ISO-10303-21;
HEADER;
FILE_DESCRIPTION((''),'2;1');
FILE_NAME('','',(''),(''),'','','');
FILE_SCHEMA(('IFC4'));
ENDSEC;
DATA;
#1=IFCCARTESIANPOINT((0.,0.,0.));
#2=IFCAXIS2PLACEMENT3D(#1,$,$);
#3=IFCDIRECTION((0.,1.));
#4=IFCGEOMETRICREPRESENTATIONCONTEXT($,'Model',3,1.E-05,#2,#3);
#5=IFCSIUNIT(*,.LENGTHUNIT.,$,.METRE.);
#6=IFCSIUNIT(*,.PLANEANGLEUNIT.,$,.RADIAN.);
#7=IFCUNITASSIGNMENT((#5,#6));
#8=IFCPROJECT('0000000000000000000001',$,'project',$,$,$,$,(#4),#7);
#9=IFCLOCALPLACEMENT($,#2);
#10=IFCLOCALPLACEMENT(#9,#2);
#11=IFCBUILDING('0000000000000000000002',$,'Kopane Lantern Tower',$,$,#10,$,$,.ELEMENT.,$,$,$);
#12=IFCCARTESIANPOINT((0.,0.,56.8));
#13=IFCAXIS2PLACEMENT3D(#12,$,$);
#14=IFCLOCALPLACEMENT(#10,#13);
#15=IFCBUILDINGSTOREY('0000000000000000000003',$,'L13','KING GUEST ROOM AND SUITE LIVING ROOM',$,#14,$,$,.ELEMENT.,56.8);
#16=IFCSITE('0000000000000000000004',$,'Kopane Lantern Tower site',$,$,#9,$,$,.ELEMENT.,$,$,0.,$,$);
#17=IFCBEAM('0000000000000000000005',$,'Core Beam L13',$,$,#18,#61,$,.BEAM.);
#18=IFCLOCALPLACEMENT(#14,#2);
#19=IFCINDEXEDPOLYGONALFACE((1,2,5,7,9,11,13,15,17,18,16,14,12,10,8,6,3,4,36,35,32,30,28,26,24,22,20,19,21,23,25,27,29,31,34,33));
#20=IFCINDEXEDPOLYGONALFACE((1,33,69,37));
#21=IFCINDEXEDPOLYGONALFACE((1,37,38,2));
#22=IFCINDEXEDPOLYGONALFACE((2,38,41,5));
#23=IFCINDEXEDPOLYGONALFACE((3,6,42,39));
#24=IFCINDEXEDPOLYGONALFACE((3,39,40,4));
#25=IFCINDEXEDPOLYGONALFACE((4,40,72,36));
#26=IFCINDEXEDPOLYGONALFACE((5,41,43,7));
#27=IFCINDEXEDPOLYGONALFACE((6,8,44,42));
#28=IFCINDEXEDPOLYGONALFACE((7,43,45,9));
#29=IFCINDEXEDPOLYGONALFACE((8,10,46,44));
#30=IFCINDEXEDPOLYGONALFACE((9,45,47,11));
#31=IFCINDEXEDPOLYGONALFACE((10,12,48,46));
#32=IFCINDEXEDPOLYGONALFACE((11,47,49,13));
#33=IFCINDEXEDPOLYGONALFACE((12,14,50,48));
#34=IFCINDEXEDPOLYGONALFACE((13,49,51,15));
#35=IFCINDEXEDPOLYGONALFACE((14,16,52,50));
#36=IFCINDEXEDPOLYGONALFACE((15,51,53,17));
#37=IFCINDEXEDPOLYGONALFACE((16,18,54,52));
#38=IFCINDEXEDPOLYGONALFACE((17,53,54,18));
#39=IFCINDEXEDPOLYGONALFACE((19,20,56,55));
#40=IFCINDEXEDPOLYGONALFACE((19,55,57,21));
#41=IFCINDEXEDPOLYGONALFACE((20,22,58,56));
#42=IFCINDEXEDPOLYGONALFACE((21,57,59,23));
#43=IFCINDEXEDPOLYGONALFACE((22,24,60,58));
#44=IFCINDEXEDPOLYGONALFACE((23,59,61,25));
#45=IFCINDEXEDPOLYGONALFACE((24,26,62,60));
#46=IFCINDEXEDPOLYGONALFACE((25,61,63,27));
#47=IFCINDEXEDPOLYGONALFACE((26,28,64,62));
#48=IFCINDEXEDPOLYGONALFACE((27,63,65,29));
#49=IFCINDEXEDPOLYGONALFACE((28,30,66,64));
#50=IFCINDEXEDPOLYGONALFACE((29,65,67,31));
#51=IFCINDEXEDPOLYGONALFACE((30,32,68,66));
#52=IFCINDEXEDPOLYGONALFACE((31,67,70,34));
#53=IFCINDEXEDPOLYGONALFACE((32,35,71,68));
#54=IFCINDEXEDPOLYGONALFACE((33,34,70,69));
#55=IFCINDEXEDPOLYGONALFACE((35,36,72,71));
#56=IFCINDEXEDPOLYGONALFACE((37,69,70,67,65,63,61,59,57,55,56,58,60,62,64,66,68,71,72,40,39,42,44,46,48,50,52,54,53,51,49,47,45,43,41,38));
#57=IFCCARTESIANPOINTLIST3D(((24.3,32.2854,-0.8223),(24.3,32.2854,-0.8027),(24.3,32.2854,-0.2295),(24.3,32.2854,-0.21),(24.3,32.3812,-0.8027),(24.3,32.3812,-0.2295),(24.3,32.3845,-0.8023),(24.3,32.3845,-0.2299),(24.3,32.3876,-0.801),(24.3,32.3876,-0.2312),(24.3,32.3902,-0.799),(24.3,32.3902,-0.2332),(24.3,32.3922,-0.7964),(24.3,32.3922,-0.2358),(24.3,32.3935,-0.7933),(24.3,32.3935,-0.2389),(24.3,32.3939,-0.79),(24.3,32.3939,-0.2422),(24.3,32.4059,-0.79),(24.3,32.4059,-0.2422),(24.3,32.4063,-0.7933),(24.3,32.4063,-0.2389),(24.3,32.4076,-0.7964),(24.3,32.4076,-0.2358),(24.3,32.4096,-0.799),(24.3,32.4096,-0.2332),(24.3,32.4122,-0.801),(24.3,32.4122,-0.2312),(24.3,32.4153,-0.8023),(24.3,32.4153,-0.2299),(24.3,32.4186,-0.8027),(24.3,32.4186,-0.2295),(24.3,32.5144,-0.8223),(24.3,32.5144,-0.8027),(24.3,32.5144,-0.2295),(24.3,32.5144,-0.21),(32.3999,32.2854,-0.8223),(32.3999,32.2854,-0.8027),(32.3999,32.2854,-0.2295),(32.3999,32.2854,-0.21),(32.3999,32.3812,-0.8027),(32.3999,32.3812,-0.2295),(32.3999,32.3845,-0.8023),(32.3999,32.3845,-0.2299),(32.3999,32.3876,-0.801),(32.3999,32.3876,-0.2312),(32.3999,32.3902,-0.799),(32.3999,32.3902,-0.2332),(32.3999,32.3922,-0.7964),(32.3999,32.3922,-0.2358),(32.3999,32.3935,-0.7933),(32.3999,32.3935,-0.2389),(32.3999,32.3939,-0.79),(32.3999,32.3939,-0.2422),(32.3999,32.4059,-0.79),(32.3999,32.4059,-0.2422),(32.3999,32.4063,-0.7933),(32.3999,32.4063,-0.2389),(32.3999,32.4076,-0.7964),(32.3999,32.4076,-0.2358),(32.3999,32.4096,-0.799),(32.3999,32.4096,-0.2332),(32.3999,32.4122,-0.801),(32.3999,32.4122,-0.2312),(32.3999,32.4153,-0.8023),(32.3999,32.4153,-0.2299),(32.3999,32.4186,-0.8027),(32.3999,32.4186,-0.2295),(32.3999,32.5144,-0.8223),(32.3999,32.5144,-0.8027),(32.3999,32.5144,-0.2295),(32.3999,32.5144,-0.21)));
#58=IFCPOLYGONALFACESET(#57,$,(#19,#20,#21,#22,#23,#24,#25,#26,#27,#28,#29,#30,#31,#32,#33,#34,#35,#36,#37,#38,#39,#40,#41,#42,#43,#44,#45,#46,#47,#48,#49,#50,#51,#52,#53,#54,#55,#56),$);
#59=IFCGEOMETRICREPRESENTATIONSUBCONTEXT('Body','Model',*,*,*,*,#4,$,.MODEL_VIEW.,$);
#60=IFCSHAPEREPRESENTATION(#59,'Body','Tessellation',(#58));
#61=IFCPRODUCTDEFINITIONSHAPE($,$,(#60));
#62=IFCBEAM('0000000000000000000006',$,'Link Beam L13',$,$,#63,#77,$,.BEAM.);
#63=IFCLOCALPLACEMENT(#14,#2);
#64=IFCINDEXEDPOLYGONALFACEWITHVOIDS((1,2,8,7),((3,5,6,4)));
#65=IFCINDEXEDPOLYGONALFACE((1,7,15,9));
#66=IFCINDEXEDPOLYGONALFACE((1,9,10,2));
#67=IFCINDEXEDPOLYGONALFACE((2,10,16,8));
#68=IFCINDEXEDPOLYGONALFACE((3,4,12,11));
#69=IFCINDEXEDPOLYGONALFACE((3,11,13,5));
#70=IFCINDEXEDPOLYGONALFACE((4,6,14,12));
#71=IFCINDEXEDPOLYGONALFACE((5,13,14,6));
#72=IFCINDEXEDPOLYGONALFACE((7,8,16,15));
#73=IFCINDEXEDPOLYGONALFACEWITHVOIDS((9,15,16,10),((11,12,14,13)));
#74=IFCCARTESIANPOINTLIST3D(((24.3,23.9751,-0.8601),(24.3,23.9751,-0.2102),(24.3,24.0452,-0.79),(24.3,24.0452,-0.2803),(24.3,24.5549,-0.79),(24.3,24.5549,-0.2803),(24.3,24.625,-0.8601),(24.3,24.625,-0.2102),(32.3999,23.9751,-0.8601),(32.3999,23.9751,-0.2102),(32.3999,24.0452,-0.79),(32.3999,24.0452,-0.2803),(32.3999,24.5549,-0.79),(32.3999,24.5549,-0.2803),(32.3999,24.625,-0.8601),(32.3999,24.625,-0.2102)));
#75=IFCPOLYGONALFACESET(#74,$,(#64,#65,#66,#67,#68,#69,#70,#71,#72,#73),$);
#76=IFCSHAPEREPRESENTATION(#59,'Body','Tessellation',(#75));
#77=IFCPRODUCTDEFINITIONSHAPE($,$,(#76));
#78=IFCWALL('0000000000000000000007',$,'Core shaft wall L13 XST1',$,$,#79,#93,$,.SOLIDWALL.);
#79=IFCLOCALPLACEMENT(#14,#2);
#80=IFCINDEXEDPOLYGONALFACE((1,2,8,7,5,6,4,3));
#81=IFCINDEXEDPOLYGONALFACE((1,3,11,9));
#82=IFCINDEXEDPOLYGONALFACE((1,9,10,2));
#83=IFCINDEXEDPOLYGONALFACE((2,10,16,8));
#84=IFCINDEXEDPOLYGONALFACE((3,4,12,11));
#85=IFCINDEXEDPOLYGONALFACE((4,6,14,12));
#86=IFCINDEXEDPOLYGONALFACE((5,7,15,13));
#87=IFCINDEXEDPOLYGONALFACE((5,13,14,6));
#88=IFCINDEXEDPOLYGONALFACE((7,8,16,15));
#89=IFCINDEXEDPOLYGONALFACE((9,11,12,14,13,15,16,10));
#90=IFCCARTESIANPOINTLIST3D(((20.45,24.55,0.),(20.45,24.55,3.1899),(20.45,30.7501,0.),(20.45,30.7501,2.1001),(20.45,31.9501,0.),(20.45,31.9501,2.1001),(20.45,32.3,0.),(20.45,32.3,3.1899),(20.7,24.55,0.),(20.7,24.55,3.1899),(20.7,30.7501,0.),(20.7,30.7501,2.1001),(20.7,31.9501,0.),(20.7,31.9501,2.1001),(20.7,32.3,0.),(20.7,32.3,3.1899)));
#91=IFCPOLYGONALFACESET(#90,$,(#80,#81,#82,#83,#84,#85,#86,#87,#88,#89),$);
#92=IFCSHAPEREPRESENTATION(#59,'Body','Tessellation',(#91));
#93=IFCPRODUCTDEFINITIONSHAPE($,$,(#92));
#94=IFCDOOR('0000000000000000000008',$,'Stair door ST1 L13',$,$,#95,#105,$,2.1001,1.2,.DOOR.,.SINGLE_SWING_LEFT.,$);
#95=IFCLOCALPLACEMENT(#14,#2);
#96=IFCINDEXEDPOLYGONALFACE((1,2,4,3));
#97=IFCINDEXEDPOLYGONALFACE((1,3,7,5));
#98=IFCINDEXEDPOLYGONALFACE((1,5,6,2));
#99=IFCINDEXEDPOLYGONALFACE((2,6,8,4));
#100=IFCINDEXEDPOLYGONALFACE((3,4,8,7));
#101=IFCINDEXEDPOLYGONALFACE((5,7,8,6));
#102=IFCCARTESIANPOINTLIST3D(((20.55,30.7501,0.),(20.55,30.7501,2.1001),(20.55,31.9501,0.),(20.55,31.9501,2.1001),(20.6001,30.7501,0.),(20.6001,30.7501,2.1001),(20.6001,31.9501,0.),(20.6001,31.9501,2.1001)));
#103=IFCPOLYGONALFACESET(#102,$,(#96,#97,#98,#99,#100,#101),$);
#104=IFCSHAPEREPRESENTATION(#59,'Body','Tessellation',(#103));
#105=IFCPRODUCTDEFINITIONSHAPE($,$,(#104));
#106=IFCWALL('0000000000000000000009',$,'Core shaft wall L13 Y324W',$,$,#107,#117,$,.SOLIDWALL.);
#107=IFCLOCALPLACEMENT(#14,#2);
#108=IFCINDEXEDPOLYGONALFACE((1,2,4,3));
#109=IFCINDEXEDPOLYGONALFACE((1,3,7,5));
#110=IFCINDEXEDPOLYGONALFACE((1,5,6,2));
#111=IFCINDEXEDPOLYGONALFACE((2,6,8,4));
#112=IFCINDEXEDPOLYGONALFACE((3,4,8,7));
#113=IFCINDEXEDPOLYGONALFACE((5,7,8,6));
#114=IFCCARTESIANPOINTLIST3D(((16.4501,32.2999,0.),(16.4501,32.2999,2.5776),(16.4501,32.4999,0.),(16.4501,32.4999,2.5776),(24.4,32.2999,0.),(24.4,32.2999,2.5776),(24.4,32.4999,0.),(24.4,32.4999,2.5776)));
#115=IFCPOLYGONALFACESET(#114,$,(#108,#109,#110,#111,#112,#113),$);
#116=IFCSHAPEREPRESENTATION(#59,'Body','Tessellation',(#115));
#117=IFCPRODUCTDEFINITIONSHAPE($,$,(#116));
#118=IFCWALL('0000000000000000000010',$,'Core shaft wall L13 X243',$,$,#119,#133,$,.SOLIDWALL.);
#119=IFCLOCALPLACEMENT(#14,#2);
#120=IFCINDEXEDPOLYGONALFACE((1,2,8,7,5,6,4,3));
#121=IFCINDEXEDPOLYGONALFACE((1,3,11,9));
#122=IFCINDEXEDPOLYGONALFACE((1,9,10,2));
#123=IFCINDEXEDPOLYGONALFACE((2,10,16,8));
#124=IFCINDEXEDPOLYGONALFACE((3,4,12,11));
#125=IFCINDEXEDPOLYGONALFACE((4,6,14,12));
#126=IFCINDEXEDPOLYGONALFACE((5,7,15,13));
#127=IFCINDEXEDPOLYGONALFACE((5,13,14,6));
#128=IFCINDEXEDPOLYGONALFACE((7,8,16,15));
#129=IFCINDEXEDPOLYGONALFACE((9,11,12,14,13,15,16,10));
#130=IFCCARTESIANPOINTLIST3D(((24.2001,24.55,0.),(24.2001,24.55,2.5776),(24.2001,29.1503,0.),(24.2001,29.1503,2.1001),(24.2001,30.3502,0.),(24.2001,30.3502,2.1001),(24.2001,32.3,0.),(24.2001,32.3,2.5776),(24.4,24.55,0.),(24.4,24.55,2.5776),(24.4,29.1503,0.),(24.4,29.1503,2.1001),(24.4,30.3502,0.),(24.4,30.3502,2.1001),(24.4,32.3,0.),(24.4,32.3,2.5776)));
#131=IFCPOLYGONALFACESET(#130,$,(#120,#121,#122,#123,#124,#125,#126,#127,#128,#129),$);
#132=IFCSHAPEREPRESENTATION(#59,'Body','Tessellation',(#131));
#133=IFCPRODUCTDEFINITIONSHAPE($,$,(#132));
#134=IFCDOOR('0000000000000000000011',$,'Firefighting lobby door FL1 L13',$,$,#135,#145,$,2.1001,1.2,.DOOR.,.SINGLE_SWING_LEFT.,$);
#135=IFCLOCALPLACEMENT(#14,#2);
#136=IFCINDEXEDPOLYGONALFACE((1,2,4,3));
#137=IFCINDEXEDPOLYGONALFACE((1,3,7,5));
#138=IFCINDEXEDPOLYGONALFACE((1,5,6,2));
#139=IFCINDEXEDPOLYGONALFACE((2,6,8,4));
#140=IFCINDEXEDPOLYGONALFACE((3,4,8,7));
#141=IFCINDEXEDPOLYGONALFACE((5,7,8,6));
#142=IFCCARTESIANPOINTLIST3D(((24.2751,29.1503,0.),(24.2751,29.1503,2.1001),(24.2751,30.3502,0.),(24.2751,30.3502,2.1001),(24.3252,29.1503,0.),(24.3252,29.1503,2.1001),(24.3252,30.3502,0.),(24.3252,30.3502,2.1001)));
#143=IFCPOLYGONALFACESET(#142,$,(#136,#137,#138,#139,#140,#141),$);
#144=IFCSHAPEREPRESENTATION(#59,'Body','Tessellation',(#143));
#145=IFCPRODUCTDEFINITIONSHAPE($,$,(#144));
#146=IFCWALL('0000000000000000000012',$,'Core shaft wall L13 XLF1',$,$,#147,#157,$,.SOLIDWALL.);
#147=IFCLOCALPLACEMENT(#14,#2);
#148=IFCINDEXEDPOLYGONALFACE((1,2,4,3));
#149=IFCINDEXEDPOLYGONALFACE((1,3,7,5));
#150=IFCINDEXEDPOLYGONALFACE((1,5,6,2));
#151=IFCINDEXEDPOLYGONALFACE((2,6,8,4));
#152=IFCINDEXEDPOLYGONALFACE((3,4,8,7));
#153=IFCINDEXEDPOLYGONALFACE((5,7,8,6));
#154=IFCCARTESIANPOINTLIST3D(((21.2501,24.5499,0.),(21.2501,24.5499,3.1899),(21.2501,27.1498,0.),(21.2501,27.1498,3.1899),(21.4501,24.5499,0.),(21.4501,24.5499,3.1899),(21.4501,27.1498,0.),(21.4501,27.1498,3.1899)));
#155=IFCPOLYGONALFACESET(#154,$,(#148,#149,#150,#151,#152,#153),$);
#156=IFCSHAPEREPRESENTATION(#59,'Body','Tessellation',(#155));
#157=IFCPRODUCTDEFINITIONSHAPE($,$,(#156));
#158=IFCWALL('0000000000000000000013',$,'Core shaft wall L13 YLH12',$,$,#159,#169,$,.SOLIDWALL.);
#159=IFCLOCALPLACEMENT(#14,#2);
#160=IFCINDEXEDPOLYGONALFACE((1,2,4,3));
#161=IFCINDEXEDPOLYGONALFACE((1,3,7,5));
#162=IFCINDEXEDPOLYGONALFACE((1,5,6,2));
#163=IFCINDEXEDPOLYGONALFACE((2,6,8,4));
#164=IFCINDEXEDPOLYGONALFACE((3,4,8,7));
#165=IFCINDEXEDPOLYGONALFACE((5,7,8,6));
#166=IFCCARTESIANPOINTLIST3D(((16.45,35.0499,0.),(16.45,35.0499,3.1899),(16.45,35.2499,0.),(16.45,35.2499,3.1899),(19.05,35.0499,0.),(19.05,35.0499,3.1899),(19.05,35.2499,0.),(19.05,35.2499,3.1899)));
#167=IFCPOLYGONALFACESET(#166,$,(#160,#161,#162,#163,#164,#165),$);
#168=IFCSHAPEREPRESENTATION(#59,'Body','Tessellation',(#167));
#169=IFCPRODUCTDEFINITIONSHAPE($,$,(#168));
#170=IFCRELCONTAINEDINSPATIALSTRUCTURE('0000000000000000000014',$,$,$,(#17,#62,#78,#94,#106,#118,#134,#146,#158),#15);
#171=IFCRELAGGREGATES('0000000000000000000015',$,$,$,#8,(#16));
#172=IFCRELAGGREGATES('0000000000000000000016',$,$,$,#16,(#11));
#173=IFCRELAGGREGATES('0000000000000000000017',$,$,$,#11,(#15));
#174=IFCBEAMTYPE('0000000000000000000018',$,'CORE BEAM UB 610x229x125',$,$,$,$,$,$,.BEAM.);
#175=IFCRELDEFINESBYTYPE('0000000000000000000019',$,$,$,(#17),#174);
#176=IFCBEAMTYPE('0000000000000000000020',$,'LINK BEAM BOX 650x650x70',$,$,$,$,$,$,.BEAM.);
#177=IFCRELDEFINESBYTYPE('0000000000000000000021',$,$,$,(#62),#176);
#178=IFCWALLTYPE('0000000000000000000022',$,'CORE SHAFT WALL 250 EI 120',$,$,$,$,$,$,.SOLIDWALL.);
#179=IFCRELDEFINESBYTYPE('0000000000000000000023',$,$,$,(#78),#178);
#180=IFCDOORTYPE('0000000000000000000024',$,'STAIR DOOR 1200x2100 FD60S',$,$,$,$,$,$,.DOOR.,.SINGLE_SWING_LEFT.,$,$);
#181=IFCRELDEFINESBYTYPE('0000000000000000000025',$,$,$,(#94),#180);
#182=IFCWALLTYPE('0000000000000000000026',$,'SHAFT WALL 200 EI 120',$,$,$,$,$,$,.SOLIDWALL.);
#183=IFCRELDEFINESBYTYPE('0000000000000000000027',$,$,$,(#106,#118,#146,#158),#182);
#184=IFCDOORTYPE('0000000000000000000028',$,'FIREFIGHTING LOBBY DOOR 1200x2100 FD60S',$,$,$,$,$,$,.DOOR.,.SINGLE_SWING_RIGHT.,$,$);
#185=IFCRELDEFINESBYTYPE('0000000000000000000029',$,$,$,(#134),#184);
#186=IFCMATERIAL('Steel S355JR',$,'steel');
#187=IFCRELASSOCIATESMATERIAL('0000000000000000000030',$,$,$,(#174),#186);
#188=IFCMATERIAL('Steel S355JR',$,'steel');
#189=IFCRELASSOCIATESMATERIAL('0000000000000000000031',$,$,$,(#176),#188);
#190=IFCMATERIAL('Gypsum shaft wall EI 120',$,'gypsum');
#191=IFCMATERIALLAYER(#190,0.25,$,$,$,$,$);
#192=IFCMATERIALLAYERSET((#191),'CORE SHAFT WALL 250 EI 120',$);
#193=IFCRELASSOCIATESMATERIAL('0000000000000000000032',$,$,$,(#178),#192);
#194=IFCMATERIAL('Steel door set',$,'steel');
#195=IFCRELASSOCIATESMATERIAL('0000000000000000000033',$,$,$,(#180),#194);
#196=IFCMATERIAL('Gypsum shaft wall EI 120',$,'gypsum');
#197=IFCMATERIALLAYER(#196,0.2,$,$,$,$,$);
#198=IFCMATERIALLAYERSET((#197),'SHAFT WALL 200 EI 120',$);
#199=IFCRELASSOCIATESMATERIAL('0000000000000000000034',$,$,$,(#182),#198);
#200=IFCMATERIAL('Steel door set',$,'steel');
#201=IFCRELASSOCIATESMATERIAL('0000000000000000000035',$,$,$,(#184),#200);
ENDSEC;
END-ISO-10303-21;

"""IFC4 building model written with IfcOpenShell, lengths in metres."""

from ifc_helpers import new_model, si_unit, direction, frame, frame_2d, origin, origin_2d, place, context, subcontext, project, spatial, rectangle, hollow_rectangle, i_section, extrude, material, layer, layer_set, material_profile, profile_set, type_object, element, fill, save


model = new_model("IFC4")

# Units and contexts
model_context = context("Model", 3, precision=1e-05, world=origin(), true_north=direction((0.0, 1.0)))
body_context = subcontext(model_context, "Body", "Model", "MODEL_VIEW")
ifc_project = project(units=[si_unit("LENGTHUNIT", "METRE"), si_unit("PLANEANGLEUNIT", "RADIAN")], contexts=[model_context])

# Site, building, storey
site_placement = place(None, origin())
site = spatial("IfcSite", under=ifc_project, at=site_placement, Name="Kopane Lantern Tower site", CompositionType="ELEMENT", RefElevation=0.0)
building_placement = place(site_placement, origin())
building = spatial("IfcBuilding", under=site, at=building_placement, Name="Kopane Lantern Tower", CompositionType="ELEMENT")
storey_placement = place(building_placement, frame((0.0, 0.0, 56.8)))
storey = spatial("IfcBuildingStorey", under=building, at=storey_placement, Name="L13", Description="KING GUEST ROOM AND SUITE LIVING ROOM", CompositionType="ELEMENT", Elevation=56.8)

# Beams
ifc_material_1 = material(Name="Steel S355JR", Category="steel")
ifc_material_profile_1 = material_profile(ifc_material_1, i_section(OverallWidth=0.229, OverallDepth=0.6123, WebThickness=0.012, FlangeThickness=0.0195, FilletRadius=0.0127, at=origin_2d()), Name="UB 610x229x125")
ifc_profile_set_1 = profile_set([ifc_material_profile_1], Name="Steel S355JR")
beam_type_1 = type_object("IfcBeamType", Name="CORE BEAM UB 610x229x125", PredefinedType="BEAM", material=ifc_profile_set_1)
beam_1_placement = place(storey_placement, frame((24.3, 32.3999, -0.5161), z_axis=(1.0, 0.0, 0.0), x_axis=(0.0, 1.0, 0.0)))
element("IfcBeam", 1, at=beam_1_placement, inside=storey, type_object=beam_type_1, Name="Core Beam L13", PredefinedType="BEAM", context=body_context, shape_type="SweptSolid", body=[
    extrude(i_section(OverallWidth=0.229, OverallDepth=0.6123, WebThickness=0.012, FlangeThickness=0.0195, FilletRadius=0.0127, at=origin_2d()), origin(), (0.0, 0.0, 1.0), 8.0999),
])
ifc_material_2 = material(Name="Steel S355JR", Category="steel")
ifc_material_profile_2 = material_profile(ifc_material_2, hollow_rectangle(XDim=0.6499, YDim=0.6499, WallThickness=0.0701, at=origin_2d()), Name="BOX 650x650x70")
ifc_profile_set_2 = profile_set([ifc_material_profile_2], Name="Steel S355JR")
beam_type_2 = type_object("IfcBeamType", Name="LINK BEAM BOX 650x650x70", PredefinedType="BEAM", material=ifc_profile_set_2)
beam_2_placement = place(storey_placement, frame((24.3, 24.3, -0.5352), z_axis=(1.0, 0.0, 0.0), x_axis=(0.0, 1.0, 0.0)))
element("IfcBeam", 2, at=beam_2_placement, inside=storey, type_object=beam_type_2, Name="Link Beam L13", PredefinedType="BEAM", context=body_context, shape_type="SweptSolid", body=[
    extrude(hollow_rectangle(XDim=0.6499, YDim=0.6499, WallThickness=0.0701, at=origin_2d()), origin(), (0.0, 0.0, 1.0), 8.0999),
])

# Wall, opening, door
ifc_material_3 = material(Name="Gypsum shaft wall EI 120", Category="gypsum")
ifc_layer_1 = layer(ifc_material_3, 0.25)
ifc_layer_set_1 = layer_set([ifc_layer_1], Name="CORE SHAFT WALL 250 EI 120")
wall_type_1 = type_object("IfcWallType", Name="CORE SHAFT WALL 250 EI 120", PredefinedType="SOLIDWALL", material=ifc_layer_set_1)
wall_1_placement = place(storey_placement, frame((20.575, 24.55, 0.0), z_axis=(0.0, 0.0, 1.0), x_axis=(0.0, 1.0, 0.0)))
wall_1 = element("IfcWall", 3, at=wall_1_placement, inside=storey, type_object=wall_type_1, Name="Core shaft wall L13 XST1", PredefinedType="SOLIDWALL", context=body_context, shape_type="SweptSolid", body=[
    extrude(rectangle(XDim=7.75, YDim=0.25, at=frame_2d((3.875, 0.0))), origin(), (0.0, 0.0, 1.0), 3.1899),
])
opening_1_placement = place(wall_1_placement, frame((6.2, 0.0, 0.0)))
opening_1 = element("IfcOpeningElement", 4, at=opening_1_placement, cuts=wall_1, PredefinedType="OPENING", context=body_context, shape_type="SweptSolid", body=[
    extrude(rectangle(XDim=1.2, YDim=2.1001, at=frame_2d((0.6001, 1.05))), frame((0.0, 0.135, 0.0), z_axis=(0.0, -1.0, 0.0), x_axis=(1.0, 0.0, 0.0)), (0.0, 0.0, 1.0), 0.27),
])
ifc_material_4 = material(Name="Steel door set", Category="steel")
door_type_1 = type_object("IfcDoorType", Name="STAIR DOOR 1200x2100 FD60S", OperationType="SINGLE_SWING_LEFT", PredefinedType="DOOR", material=ifc_material_4)
door_1_placement = place(opening_1_placement, origin())
door_1 = element("IfcDoor", 5, at=door_1_placement, inside=storey, type_object=door_type_1, Name="Stair door ST1 L13", OperationType="SINGLE_SWING_LEFT", OverallHeight=2.1001, OverallWidth=1.2, PredefinedType="DOOR", context=body_context, shape_type="SweptSolid", body=[
    extrude(rectangle(XDim=1.2, YDim=2.1001, at=frame_2d((0.6001, 1.05))), frame((0.0, 0.0249, 0.0), z_axis=(0.0, -1.0, 0.0), x_axis=(1.0, 0.0, 0.0)), (0.0, 0.0, 1.0), 0.05),
])
fill(opening_1, door_1)

# Wall
ifc_material_5 = material(Name="Gypsum shaft wall EI 120", Category="gypsum")
ifc_layer_2 = layer(ifc_material_5, 0.2)
ifc_layer_set_2 = layer_set([ifc_layer_2], Name="SHAFT WALL 200 EI 120")
wall_type_2 = type_object("IfcWallType", Name="SHAFT WALL 200 EI 120", PredefinedType="SOLIDWALL", material=ifc_layer_set_2)
wall_2_placement = place(storey_placement, frame((16.45, 32.3999, 0.0), z_axis=(0.0, 0.0, 1.0), x_axis=(1.0, 0.0, 0.0)))
element("IfcWall", 6, at=wall_2_placement, inside=storey, type_object=wall_type_2, Name="Core shaft wall L13 Y324W", PredefinedType="SOLIDWALL", context=body_context, shape_type="SweptSolid", body=[
    extrude(rectangle(XDim=7.95, YDim=0.2, at=frame_2d((3.9751, 0.0))), origin(), (0.0, 0.0, 1.0), 2.5776),
])

# Wall, opening, door
wall_3_placement = place(storey_placement, frame((24.3, 24.55, 0.0), z_axis=(0.0, 0.0, 1.0), x_axis=(0.0, 1.0, 0.0)))
wall_3 = element("IfcWall", 7, at=wall_3_placement, inside=storey, type_object=wall_type_2, Name="Core shaft wall L13 X243", PredefinedType="SOLIDWALL", context=body_context, shape_type="SweptSolid", body=[
    extrude(rectangle(XDim=7.75, YDim=0.2, at=frame_2d((3.875, 0.0))), origin(), (0.0, 0.0, 1.0), 2.5776),
])
opening_2_placement = place(wall_3_placement, frame((4.6001, 0.0, 0.0)))
opening_2 = element("IfcOpeningElement", 8, at=opening_2_placement, cuts=wall_3, PredefinedType="OPENING", context=body_context, shape_type="SweptSolid", body=[
    extrude(rectangle(XDim=1.2, YDim=2.1001, at=frame_2d((0.6001, 1.05))), frame((0.0, 0.1099, 0.0), z_axis=(0.0, -1.0, 0.0), x_axis=(1.0, 0.0, 0.0)), (0.0, 0.0, 1.0), 0.22),
])
ifc_material_6 = material(Name="Steel door set", Category="steel")
door_type_2 = type_object("IfcDoorType", Name="FIREFIGHTING LOBBY DOOR 1200x2100 FD60S", OperationType="SINGLE_SWING_RIGHT", PredefinedType="DOOR", material=ifc_material_6)
door_2_placement = place(opening_2_placement, origin())
door_2 = element("IfcDoor", 9, at=door_2_placement, inside=storey, type_object=door_type_2, Name="Firefighting lobby door FL1 L13", OperationType="SINGLE_SWING_LEFT", OverallHeight=2.1001, OverallWidth=1.2, PredefinedType="DOOR", context=body_context, shape_type="SweptSolid", body=[
    extrude(rectangle(XDim=1.2, YDim=2.1001, at=frame_2d((0.6001, 1.05))), frame((0.0, 0.0249, 0.0), z_axis=(0.0, -1.0, 0.0), x_axis=(1.0, 0.0, 0.0)), (0.0, 0.0, 1.0), 0.05),
])
fill(opening_2, door_2)

# Walls
wall_4_placement = place(storey_placement, frame((21.3501, 24.55, 0.0), z_axis=(0.0, 0.0, 1.0), x_axis=(0.0, 1.0, 0.0)))
element("IfcWall", 10, at=wall_4_placement, inside=storey, type_object=wall_type_2, Name="Core shaft wall L13 XLF1", PredefinedType="SOLIDWALL", context=body_context, shape_type="SweptSolid", body=[
    extrude(rectangle(XDim=2.5999, YDim=0.2, at=frame_2d((1.2998, 0.0))), origin(), (0.0, 0.0, 1.0), 3.1899),
])
wall_5_placement = place(storey_placement, frame((16.45, 35.1499, 0.0), z_axis=(0.0, 0.0, 1.0), x_axis=(1.0, 0.0, 0.0)))
element("IfcWall", 11, at=wall_5_placement, inside=storey, type_object=wall_type_2, Name="Core shaft wall L13 YLH12", PredefinedType="SOLIDWALL", context=body_context, shape_type="SweptSolid", body=[
    extrude(rectangle(XDim=2.6001, YDim=0.2, at=frame_2d((1.3, 0.0))), origin(), (0.0, 0.0, 1.0), 3.1899),
])

save(model, "model.ifc")
